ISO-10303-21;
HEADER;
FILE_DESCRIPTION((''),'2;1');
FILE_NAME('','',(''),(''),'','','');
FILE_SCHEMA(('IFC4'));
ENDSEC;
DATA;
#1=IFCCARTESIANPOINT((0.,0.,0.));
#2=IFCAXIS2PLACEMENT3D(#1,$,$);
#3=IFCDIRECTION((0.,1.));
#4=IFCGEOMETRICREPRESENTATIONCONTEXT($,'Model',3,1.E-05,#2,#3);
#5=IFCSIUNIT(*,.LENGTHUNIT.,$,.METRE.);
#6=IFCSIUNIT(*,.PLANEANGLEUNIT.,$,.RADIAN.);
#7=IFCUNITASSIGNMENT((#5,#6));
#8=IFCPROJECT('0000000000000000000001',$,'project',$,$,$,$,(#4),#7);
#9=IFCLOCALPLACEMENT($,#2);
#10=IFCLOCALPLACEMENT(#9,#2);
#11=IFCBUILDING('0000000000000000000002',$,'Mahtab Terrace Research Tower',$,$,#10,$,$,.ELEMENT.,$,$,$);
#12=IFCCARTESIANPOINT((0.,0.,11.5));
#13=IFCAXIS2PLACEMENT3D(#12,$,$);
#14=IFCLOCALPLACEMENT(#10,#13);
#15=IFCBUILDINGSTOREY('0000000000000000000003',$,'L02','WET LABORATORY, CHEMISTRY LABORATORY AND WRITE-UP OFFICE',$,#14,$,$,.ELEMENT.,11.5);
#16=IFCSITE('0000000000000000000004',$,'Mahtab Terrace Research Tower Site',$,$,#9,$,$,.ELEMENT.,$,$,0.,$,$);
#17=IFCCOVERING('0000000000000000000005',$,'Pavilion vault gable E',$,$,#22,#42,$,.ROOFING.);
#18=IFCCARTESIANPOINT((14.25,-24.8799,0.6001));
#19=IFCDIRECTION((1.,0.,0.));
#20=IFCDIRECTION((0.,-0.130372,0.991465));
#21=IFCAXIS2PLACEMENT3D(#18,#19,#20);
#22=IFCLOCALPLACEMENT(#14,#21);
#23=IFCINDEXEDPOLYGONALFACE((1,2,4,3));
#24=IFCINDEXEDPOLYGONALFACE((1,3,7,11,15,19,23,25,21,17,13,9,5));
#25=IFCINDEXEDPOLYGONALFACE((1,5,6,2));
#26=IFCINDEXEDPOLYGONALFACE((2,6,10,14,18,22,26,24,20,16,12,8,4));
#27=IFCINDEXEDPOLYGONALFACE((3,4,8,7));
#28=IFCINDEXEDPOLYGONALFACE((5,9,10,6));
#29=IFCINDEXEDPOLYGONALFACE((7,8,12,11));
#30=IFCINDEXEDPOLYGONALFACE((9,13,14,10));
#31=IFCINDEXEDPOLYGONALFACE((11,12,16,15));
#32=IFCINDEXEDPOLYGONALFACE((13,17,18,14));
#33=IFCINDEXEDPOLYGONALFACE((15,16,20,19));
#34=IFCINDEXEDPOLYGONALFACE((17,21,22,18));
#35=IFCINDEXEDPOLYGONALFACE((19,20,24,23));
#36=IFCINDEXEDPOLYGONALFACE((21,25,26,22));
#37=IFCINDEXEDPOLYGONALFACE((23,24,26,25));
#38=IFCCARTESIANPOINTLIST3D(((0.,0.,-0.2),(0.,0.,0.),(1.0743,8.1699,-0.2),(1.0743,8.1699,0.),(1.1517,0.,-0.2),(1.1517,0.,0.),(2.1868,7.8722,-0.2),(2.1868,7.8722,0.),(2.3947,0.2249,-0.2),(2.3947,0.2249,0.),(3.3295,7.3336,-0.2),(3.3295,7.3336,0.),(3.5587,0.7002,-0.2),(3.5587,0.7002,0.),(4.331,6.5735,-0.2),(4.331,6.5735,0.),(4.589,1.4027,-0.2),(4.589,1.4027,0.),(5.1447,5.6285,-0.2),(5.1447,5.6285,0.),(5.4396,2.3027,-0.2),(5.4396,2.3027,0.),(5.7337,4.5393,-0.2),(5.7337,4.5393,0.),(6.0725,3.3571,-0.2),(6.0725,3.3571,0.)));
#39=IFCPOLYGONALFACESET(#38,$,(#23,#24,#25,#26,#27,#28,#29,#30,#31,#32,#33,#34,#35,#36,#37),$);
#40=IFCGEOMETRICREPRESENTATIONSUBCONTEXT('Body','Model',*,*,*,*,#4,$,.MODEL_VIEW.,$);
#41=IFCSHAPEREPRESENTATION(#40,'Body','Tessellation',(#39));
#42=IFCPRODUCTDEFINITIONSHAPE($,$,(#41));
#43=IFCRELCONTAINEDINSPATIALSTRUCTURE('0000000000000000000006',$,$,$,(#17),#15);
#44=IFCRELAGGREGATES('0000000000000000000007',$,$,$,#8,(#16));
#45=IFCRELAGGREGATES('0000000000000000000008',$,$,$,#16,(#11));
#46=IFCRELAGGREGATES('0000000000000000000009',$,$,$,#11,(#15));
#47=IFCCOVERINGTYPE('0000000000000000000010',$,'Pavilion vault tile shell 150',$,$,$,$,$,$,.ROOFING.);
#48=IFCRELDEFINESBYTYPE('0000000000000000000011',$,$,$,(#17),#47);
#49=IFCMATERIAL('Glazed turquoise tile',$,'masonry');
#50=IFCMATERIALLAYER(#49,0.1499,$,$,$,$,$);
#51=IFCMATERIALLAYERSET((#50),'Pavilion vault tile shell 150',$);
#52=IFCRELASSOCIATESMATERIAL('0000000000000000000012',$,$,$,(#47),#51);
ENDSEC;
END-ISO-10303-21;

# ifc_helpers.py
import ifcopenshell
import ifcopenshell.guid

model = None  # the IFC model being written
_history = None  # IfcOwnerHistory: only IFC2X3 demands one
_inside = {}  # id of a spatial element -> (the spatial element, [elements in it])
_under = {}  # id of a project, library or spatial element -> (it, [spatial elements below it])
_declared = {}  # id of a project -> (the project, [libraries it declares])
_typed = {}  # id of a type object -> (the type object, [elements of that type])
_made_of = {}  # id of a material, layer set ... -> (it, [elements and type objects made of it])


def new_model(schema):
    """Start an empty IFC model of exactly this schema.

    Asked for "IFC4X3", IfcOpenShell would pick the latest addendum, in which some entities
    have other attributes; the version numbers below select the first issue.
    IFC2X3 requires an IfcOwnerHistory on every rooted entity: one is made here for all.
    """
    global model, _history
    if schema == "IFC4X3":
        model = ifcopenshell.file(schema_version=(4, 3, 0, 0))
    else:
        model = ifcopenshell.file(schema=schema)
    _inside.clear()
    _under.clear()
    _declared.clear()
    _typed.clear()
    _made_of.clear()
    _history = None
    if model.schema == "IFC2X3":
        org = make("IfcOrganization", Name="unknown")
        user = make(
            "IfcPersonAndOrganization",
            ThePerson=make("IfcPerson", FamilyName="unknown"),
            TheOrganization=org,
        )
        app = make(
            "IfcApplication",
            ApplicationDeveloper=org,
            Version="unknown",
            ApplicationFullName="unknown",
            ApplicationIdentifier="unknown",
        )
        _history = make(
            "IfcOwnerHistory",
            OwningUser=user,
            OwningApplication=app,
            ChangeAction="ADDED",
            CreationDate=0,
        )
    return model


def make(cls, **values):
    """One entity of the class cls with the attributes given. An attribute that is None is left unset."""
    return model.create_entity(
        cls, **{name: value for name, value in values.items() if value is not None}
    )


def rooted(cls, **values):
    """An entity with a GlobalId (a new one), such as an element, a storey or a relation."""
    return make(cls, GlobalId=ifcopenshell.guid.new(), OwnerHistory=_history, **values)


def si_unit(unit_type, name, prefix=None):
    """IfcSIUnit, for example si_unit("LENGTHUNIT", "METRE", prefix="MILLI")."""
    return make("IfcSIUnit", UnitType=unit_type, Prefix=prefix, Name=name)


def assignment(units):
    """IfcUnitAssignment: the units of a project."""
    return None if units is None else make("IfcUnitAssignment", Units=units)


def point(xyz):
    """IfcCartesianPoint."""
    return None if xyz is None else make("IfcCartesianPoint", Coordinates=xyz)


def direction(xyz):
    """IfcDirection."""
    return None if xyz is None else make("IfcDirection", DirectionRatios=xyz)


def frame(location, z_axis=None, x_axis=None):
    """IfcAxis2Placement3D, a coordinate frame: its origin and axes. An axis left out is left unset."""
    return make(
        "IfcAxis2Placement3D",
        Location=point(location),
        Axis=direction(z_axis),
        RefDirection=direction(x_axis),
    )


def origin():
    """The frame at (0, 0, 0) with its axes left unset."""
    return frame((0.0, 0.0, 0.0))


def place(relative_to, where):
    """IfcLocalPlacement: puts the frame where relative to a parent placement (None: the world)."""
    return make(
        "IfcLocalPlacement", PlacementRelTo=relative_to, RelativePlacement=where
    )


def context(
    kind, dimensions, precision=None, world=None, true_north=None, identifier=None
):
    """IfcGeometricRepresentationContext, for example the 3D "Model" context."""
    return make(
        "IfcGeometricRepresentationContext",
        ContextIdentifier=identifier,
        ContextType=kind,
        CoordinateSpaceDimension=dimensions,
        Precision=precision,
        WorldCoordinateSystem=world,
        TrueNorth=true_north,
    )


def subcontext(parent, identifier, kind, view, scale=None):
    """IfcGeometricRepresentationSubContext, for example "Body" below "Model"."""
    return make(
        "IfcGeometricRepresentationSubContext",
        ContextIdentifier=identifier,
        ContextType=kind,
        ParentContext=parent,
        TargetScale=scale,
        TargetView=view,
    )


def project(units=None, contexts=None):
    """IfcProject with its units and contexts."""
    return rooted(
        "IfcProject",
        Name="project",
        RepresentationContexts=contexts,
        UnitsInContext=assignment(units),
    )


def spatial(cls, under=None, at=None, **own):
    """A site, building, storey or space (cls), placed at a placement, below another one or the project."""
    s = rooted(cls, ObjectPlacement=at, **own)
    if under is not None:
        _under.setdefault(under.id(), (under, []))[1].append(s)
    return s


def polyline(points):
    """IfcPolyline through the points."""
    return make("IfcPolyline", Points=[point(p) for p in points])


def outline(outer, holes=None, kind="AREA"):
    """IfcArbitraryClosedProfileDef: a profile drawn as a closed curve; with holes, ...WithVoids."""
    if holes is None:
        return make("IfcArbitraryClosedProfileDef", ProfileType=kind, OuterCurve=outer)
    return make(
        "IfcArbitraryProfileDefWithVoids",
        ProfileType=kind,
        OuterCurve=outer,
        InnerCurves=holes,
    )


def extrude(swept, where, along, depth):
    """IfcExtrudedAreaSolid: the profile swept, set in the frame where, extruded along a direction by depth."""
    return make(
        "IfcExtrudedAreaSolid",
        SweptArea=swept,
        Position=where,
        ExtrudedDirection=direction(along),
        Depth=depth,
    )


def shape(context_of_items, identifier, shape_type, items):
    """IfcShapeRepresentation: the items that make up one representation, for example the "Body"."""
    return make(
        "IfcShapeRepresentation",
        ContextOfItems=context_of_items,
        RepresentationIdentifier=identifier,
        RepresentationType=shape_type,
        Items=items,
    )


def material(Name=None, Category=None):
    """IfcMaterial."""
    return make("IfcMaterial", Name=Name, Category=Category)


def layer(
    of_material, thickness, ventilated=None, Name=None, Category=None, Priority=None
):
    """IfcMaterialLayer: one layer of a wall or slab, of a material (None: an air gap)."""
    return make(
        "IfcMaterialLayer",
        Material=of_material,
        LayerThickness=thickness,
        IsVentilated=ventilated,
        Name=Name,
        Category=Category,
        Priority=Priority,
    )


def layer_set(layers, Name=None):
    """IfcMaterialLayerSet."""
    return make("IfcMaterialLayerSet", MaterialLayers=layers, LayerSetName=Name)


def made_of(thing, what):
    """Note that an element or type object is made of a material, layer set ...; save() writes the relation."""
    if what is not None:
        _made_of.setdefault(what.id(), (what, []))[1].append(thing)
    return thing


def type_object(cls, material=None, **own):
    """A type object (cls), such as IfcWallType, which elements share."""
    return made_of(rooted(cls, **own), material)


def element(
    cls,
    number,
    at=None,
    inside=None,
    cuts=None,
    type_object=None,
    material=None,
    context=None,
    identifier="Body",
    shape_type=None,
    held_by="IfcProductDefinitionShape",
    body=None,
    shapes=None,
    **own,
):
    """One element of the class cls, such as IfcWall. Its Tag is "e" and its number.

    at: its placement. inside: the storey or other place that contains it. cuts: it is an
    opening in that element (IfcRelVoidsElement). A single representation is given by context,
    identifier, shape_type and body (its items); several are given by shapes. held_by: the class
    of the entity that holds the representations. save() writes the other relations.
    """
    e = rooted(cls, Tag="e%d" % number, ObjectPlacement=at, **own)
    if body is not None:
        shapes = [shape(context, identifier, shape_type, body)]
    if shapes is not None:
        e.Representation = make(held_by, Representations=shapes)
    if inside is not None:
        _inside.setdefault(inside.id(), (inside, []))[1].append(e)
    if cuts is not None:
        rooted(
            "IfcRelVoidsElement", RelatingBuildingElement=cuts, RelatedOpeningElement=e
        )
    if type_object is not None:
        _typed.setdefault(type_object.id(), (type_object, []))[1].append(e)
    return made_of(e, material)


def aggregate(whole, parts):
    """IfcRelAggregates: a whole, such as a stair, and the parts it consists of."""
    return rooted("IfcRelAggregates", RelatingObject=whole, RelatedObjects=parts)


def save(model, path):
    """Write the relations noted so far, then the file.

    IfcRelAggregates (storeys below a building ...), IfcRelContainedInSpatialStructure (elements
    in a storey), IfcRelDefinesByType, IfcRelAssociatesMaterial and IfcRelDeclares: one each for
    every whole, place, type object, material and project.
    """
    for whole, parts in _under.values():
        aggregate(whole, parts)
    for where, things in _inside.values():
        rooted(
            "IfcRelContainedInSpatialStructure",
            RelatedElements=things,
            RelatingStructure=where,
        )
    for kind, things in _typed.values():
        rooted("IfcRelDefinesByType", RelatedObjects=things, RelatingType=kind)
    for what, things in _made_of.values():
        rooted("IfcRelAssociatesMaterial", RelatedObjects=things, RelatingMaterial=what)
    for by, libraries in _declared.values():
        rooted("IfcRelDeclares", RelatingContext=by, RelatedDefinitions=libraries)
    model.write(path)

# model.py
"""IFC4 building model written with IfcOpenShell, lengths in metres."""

from ifc_helpers import new_model, si_unit, direction, frame, origin, place, context, subcontext, project, spatial, polyline, outline, extrude, material, layer, layer_set, type_object, element, save


model = new_model("IFC4")

# Units and contexts
model_context = context("Model", 3, precision=1e-05, world=origin(), true_north=direction((0.0, 1.0)))
body_context = subcontext(model_context, "Body", "Model", "MODEL_VIEW")
ifc_project = project(units=[si_unit("LENGTHUNIT", "METRE"), si_unit("PLANEANGLEUNIT", "RADIAN")], contexts=[model_context])

# Site, building, storey
site_placement = place(None, origin())
site = spatial("IfcSite", under=ifc_project, at=site_placement, Name="Mahtab Terrace Research Tower Site", CompositionType="ELEMENT", RefElevation=0.0)
building_placement = place(site_placement, origin())
building = spatial("IfcBuilding", under=site, at=building_placement, Name="Mahtab Terrace Research Tower", CompositionType="ELEMENT")
storey_placement = place(building_placement, frame((0.0, 0.0, 11.5)))
storey = spatial("IfcBuildingStorey", under=building, at=storey_placement, Name="L02", Description="WET LABORATORY, CHEMISTRY LABORATORY AND WRITE-UP OFFICE", CompositionType="ELEMENT", Elevation=11.5)

# Covering
ifc_material_1 = material(Name="Glazed turquoise tile", Category="masonry")
ifc_layer_1 = layer(ifc_material_1, 0.1499)
ifc_layer_set_1 = layer_set([ifc_layer_1], Name="Pavilion vault tile shell 150")
covering_type_1 = type_object("IfcCoveringType", Name="Pavilion vault tile shell 150", PredefinedType="ROOFING", material=ifc_layer_set_1)
covering_placement = place(storey_placement, frame((14.25, -24.8799, 0.6001), z_axis=(1.0, 0.0, 0.0), x_axis=(0.0, -0.130372, 0.991465)))
element("IfcCovering", 1, at=covering_placement, inside=storey, type_object=covering_type_1, Name="Pavilion vault gable E", PredefinedType="ROOFING", context=body_context, shape_type="SweptSolid", body=[
    extrude(outline(polyline([(0.0, 0.0), (1.1517, 0.0), (2.3947, 0.2249), (3.5587, 0.7002), (4.589, 1.4027), (5.4396, 2.3027), (6.0725, 3.3571), (5.7337, 4.5393), (5.1447, 5.6285), (4.331, 6.5735), (3.3295, 7.3336), (2.1868, 7.8722), (1.0743, 8.1699), (0.0, 0.0)])), origin(), (0.0, 0.0, -1.0), 0.2),
])

save(model, "model.ifc")
